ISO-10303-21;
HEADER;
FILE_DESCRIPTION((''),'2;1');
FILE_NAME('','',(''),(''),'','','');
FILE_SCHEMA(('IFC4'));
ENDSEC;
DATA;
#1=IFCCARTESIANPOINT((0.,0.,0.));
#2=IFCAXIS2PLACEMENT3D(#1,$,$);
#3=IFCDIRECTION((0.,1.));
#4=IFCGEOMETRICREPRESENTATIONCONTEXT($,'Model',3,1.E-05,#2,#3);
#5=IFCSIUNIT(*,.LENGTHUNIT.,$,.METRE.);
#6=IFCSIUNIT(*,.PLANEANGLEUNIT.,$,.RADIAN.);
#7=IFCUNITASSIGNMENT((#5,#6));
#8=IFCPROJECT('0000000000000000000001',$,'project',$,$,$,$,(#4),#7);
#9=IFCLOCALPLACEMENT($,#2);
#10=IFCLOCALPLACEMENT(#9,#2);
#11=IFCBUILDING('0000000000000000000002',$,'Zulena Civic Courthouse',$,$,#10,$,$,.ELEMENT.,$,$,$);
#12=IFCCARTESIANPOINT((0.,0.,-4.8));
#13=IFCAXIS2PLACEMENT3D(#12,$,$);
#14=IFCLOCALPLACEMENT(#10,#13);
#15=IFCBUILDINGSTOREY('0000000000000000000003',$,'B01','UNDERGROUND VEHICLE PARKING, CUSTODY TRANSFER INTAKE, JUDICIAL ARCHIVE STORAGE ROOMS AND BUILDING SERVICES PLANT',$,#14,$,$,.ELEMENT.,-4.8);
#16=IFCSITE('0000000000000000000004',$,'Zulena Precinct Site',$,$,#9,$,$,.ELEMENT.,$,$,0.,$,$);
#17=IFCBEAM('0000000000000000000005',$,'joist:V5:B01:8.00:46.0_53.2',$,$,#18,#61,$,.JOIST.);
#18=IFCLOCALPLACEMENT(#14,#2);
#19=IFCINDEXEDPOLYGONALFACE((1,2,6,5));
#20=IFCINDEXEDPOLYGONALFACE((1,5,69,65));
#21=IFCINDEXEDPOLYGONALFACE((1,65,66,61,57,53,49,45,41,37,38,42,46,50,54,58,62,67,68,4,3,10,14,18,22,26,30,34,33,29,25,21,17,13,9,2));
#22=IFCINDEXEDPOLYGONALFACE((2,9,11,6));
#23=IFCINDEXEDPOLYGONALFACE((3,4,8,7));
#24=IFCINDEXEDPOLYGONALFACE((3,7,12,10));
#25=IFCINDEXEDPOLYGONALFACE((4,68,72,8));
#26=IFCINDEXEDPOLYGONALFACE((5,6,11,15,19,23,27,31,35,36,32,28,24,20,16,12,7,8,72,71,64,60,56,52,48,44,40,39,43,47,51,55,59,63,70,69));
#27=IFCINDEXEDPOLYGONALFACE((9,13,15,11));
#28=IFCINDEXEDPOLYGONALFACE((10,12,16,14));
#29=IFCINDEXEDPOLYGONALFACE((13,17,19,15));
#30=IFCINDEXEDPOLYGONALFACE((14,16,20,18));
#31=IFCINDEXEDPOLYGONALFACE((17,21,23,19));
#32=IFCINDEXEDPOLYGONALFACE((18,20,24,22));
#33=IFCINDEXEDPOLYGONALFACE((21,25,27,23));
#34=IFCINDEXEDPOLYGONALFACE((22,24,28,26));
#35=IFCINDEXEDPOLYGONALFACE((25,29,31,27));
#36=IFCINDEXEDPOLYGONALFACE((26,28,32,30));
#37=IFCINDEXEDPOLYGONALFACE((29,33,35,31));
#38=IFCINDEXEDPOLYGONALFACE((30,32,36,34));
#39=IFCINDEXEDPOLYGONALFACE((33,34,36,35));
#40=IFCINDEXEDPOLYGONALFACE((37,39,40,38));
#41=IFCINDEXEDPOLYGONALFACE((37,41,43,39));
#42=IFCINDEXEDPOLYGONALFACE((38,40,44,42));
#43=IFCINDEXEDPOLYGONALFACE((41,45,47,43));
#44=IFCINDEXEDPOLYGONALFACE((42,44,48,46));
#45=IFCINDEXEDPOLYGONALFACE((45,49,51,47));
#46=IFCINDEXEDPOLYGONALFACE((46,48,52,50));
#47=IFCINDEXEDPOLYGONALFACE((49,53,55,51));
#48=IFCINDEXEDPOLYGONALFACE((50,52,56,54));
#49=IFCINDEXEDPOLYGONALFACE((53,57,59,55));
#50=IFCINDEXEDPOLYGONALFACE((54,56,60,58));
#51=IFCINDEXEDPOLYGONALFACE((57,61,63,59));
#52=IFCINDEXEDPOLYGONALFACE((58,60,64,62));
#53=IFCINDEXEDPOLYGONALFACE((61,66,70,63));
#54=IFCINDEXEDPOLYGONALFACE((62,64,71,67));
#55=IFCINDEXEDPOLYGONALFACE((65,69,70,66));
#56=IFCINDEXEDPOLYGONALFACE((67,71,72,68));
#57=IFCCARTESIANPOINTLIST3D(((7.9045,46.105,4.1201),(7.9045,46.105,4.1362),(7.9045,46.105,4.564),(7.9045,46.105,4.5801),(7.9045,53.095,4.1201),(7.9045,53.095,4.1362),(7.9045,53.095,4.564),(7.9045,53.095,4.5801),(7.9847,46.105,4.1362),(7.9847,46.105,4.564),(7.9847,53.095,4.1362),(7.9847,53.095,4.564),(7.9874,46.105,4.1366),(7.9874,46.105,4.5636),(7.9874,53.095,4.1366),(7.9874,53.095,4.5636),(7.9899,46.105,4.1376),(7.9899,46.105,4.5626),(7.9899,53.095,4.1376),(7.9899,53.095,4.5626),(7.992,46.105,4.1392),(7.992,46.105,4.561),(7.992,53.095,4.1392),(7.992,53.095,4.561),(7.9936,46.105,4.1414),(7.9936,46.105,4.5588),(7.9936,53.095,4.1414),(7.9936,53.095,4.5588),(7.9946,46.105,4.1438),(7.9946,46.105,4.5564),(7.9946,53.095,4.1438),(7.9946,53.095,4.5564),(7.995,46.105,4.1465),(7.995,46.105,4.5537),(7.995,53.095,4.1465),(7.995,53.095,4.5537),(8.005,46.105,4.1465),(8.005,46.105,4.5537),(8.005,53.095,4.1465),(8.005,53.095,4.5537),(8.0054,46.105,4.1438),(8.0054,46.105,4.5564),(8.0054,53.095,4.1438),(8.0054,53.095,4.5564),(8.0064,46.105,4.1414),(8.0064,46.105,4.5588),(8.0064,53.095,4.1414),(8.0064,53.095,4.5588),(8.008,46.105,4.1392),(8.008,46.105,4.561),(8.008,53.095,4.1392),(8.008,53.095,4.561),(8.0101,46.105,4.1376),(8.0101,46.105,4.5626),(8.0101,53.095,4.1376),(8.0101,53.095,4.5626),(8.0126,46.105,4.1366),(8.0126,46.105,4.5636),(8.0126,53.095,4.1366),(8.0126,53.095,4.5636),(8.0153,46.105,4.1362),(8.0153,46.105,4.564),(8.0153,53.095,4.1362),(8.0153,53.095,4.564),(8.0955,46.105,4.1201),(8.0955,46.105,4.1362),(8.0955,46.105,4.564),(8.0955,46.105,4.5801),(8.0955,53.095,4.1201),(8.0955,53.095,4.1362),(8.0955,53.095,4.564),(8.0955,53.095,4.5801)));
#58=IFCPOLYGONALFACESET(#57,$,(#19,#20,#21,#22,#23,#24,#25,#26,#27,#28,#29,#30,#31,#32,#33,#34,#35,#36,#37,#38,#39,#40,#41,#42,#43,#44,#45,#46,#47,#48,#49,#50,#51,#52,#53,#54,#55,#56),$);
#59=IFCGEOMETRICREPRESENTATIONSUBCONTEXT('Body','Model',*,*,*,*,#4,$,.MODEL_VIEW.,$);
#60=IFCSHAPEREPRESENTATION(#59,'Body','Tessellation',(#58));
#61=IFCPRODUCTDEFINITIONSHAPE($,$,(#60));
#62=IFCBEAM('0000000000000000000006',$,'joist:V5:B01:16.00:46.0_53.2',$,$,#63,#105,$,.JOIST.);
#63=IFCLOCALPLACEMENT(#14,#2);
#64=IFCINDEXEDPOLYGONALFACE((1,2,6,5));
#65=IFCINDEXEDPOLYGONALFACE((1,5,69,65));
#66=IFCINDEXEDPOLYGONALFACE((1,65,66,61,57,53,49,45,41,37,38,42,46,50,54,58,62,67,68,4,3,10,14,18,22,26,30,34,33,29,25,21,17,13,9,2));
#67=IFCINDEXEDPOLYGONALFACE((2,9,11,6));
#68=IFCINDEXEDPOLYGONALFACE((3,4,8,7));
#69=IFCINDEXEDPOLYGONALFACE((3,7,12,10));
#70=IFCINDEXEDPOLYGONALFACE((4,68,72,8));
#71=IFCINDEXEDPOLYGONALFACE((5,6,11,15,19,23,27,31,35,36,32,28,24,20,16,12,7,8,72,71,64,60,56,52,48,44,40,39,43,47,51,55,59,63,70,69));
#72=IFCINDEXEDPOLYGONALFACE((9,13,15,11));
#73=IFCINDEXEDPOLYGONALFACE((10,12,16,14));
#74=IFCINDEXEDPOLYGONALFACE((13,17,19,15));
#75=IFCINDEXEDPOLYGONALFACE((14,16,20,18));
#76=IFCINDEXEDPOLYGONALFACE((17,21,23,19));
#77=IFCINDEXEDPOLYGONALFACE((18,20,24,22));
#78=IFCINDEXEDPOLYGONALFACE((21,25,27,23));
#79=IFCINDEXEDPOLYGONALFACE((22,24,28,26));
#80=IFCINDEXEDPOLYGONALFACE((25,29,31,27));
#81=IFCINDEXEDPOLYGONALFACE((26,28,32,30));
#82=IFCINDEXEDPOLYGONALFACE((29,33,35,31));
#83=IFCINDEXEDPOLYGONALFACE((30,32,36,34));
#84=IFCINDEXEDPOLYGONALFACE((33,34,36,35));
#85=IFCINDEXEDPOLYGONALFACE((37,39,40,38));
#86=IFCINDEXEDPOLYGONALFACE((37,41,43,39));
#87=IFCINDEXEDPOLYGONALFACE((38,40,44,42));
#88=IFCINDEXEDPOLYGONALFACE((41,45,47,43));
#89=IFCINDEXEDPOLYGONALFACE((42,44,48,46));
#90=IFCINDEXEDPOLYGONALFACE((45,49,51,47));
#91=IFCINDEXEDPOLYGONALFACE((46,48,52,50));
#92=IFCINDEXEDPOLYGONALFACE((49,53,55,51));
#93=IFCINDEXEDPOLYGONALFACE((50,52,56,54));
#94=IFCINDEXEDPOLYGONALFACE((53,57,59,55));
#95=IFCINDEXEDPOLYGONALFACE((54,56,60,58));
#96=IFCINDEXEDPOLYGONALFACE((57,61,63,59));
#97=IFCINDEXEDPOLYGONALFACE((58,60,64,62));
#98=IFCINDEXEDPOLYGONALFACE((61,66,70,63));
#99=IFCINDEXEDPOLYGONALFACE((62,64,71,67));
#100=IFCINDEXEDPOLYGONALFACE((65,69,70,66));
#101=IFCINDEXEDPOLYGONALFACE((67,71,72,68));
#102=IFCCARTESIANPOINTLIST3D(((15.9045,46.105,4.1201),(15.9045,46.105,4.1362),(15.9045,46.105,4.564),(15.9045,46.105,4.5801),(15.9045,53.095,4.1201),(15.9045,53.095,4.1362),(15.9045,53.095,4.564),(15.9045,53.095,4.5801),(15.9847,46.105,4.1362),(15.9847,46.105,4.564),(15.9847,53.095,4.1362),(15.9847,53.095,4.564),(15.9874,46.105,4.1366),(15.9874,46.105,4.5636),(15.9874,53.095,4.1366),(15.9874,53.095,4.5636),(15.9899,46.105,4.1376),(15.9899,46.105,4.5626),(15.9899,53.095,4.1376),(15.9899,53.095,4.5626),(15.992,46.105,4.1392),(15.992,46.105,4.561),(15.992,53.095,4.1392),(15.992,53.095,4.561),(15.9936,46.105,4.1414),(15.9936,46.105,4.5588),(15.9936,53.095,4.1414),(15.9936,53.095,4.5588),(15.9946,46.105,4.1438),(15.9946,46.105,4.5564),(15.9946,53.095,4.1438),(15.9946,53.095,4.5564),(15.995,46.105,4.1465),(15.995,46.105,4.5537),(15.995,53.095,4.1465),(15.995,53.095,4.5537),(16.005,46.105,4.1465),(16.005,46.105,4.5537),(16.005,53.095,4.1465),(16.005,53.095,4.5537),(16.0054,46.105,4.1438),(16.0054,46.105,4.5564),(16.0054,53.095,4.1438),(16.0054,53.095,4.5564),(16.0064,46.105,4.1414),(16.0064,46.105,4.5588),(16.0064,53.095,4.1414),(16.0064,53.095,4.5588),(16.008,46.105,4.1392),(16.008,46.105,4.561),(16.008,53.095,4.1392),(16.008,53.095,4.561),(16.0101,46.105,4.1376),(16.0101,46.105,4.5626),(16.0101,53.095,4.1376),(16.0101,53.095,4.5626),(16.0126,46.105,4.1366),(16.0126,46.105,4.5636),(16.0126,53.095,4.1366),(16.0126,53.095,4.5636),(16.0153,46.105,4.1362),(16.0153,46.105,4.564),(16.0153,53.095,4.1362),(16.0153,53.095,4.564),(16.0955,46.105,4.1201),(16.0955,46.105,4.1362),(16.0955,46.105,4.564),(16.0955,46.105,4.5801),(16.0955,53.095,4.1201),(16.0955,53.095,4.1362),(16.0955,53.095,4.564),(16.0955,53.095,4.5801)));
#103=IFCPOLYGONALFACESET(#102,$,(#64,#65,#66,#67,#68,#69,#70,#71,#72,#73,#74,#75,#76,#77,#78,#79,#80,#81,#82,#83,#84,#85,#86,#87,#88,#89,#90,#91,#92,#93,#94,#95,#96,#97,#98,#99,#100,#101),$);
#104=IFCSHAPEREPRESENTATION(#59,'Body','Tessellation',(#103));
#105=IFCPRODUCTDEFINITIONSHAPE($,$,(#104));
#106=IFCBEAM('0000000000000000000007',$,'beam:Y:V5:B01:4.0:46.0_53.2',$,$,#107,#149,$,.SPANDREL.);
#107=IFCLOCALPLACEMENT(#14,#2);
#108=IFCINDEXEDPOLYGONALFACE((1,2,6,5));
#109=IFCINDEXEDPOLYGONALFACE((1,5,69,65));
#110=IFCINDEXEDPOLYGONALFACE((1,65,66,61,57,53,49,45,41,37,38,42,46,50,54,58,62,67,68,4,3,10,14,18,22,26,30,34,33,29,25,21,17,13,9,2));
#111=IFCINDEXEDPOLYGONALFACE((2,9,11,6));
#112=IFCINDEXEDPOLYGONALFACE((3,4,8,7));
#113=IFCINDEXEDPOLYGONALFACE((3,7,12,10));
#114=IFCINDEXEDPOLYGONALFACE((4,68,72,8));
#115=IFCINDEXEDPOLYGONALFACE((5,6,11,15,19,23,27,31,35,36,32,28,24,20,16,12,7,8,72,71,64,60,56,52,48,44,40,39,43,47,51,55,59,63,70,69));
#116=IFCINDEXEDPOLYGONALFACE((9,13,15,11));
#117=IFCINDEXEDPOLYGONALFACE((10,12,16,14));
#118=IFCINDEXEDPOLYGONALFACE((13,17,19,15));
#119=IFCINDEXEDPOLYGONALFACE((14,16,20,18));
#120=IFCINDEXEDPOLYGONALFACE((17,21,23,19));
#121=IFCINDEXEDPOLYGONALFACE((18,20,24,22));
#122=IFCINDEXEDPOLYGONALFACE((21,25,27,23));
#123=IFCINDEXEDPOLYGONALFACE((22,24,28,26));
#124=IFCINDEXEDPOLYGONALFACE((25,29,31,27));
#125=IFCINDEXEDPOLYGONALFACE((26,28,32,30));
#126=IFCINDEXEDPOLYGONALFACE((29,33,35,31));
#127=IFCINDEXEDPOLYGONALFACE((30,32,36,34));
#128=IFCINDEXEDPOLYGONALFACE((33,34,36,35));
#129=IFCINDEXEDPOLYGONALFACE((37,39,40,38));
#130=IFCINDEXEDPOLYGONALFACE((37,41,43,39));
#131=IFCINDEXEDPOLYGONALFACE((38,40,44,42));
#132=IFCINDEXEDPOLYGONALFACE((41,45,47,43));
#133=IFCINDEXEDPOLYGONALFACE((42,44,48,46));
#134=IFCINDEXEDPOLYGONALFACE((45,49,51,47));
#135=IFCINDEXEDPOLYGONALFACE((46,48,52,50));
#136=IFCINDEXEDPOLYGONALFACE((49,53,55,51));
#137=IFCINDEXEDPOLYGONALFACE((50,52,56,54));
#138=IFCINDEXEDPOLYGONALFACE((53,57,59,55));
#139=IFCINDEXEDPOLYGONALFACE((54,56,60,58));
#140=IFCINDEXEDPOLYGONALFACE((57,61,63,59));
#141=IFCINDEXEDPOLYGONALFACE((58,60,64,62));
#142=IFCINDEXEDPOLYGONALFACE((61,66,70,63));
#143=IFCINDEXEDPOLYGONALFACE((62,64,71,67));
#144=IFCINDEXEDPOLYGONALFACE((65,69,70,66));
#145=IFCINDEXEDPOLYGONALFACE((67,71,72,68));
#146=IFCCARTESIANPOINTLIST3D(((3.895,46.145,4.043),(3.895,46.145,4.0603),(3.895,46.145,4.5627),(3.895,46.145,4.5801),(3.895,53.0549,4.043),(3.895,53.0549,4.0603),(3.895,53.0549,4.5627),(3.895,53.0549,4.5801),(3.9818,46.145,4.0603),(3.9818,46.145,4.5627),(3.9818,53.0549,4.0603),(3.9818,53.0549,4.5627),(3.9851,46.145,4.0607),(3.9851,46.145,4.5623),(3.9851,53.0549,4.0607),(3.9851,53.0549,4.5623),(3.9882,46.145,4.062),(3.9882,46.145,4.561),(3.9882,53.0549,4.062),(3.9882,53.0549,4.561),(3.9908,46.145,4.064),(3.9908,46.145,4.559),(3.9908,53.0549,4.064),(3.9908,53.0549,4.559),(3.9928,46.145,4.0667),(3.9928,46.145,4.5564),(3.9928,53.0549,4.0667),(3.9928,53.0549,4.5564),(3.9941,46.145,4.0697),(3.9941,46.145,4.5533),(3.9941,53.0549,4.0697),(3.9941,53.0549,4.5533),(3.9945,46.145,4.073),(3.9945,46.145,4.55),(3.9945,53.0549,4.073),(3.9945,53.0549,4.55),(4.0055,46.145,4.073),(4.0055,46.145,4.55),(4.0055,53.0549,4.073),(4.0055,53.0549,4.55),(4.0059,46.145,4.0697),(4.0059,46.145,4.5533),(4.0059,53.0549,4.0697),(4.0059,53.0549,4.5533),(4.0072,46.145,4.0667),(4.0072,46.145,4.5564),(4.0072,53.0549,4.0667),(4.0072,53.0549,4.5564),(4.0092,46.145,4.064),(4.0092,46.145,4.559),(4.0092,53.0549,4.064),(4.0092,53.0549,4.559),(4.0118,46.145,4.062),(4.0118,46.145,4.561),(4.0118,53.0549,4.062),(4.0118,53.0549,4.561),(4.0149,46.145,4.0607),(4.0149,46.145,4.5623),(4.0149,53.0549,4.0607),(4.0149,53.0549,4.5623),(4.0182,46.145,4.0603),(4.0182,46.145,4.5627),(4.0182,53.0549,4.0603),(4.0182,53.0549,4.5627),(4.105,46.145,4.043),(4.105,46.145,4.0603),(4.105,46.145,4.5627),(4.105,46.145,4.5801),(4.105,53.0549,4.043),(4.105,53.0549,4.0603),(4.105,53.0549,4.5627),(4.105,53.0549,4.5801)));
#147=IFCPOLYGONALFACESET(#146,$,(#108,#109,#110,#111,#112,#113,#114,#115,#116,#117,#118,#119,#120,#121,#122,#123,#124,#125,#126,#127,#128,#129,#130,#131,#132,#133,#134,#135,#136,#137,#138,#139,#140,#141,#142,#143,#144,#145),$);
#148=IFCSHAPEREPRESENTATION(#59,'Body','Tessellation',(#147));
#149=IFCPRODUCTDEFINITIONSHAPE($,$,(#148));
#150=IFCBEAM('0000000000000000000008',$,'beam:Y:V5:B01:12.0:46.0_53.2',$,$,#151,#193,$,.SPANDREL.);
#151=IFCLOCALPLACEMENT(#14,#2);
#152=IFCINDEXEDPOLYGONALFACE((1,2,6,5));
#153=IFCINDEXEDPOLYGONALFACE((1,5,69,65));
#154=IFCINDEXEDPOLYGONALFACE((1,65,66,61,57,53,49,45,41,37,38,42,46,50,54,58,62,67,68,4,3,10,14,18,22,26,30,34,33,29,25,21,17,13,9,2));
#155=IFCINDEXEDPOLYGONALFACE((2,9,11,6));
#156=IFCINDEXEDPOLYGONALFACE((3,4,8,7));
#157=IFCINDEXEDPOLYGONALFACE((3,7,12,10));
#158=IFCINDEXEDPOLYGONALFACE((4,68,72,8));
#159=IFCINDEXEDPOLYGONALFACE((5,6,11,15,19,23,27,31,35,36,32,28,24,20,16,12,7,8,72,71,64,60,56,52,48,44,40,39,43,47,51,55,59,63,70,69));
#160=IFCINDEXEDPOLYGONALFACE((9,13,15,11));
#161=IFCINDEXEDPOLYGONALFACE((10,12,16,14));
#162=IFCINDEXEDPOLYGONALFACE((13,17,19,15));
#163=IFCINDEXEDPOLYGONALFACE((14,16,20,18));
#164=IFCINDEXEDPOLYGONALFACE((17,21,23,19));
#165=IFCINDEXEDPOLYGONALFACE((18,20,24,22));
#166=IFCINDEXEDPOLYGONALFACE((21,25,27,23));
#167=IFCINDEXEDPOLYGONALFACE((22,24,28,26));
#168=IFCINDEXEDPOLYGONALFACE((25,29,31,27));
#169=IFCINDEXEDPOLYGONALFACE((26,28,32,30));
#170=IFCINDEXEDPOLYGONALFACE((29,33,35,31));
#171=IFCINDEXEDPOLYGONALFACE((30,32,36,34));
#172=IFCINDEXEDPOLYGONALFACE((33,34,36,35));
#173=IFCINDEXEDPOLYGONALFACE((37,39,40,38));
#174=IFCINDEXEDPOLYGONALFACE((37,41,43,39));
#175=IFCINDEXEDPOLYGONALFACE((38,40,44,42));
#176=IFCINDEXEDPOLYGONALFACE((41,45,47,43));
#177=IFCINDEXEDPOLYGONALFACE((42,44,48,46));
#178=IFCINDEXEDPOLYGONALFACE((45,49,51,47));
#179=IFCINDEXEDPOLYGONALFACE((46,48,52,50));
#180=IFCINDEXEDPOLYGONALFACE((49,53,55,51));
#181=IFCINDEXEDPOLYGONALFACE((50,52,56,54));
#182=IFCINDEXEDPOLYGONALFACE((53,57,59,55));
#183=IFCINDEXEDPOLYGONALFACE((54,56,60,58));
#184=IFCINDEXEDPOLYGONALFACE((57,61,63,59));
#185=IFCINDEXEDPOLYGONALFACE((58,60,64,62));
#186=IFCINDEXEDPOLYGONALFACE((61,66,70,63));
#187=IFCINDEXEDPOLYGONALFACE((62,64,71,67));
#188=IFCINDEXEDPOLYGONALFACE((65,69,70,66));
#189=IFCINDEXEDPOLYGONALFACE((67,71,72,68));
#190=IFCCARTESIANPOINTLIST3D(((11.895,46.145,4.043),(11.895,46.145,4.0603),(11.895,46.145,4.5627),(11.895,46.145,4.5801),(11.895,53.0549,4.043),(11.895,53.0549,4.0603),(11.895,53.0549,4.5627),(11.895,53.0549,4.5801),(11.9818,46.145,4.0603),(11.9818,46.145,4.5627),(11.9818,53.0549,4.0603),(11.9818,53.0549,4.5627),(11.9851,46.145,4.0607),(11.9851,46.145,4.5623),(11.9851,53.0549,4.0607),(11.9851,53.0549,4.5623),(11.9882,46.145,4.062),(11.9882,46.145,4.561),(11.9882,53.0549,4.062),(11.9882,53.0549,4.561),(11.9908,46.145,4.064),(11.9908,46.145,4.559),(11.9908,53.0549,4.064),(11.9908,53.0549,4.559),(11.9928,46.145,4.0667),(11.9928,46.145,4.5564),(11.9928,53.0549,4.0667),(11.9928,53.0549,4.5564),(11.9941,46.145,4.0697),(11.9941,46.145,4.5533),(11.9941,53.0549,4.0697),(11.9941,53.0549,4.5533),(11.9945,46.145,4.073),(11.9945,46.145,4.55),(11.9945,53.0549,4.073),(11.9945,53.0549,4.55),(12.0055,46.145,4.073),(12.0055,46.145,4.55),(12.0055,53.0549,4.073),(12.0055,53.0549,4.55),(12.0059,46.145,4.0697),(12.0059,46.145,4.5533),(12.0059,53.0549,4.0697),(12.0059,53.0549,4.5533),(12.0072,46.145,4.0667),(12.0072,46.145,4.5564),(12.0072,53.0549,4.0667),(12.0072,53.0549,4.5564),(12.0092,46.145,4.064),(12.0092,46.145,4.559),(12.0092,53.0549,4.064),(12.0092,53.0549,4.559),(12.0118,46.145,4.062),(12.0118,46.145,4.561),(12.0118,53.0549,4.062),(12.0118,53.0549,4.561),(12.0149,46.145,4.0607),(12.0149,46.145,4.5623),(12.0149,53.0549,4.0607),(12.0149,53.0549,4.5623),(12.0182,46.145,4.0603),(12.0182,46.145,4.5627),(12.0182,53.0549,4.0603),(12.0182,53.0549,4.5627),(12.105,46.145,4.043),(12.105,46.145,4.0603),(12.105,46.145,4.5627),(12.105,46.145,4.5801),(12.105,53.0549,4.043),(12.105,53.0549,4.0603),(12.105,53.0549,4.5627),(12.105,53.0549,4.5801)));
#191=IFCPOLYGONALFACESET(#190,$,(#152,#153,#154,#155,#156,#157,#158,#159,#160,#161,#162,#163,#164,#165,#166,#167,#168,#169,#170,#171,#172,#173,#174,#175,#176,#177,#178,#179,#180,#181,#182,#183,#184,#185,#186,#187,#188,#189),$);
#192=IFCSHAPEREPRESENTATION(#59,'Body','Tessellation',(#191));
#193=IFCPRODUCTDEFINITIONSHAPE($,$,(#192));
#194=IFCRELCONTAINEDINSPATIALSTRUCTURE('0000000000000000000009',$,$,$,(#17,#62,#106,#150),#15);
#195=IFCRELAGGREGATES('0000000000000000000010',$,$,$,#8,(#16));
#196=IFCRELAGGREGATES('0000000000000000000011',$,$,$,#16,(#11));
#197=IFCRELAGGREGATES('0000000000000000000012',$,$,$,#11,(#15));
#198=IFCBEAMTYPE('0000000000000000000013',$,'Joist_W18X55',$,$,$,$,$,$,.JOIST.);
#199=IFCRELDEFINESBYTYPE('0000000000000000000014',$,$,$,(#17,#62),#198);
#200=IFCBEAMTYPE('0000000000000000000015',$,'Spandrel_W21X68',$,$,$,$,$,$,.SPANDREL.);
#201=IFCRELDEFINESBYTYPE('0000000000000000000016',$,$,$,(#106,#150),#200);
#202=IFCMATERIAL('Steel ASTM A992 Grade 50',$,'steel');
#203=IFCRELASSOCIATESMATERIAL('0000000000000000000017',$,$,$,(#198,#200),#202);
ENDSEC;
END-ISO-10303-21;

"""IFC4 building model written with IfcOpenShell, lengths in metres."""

from ifc_helpers import new_model, si_unit, direction, frame, origin, origin_2d, place, context, subcontext, project, spatial, i_section, extrude, material, material_profile, profile_set, type_object, element, save


model = new_model("IFC4")

# Units and contexts
model_context = context("Model", 3, precision=1e-05, world=origin(), true_north=direction((0.0, 1.0)))
body_context = subcontext(model_context, "Body", "Model", "MODEL_VIEW")
ifc_project = project(units=[si_unit("LENGTHUNIT", "METRE"), si_unit("PLANEANGLEUNIT", "RADIAN")], contexts=[model_context])

# Site, building, storey
site_placement = place(None, origin())
site = spatial("IfcSite", under=ifc_project, at=site_placement, Name="Zulena Precinct Site", CompositionType="ELEMENT", RefElevation=0.0)
building_placement = place(site_placement, origin())
building = spatial("IfcBuilding", under=site, at=building_placement, Name="Zulena Civic Courthouse", CompositionType="ELEMENT")
storey_placement = place(building_placement, frame((0.0, 0.0, -4.8)))
storey = spatial("IfcBuildingStorey", under=building, at=storey_placement, Name="B01", Description="UNDERGROUND VEHICLE PARKING, CUSTODY TRANSFER INTAKE, JUDICIAL ARCHIVE STORAGE ROOMS AND BUILDING SERVICES PLANT", CompositionType="ELEMENT", Elevation=-4.8)

# Shared definitions
ifc_material_1 = material(Name="Steel ASTM A992 Grade 50", Category="steel")

# Beams
ifc_material_profile_1 = material_profile(ifc_material_1, i_section(OverallWidth=0.1909, OverallDepth=0.46, WebThickness=0.01, FlangeThickness=0.0161, FilletRadius=0.0103, at=origin_2d()), Name="W18X55")
ifc_profile_set_1 = profile_set([ifc_material_profile_1], Name="Steel ASTM A992 Grade 50")
beam_type_1 = type_object("IfcBeamType", Name="Joist_W18X55", PredefinedType="JOIST", material=ifc_profile_set_1)
for number, where, z_axis, x_axis, name in (
    (1, (8.0, 46.105, 4.3501), (0.0, 1.0, 0.0), (-1.0, 0.0, 0.0), "joist:V5:B01:8.00:46.0_53.2"),
    (2, (16.0, 46.105, 4.3501), (0.0, 1.0, 0.0), (-1.0, 0.0, 0.0), "joist:V5:B01:16.00:46.0_53.2"),
):
    element("IfcBeam", number, at=place(storey_placement, frame(where, z_axis=z_axis, x_axis=x_axis)), inside=storey, type_object=beam_type_1, Name=name, PredefinedType="JOIST", context=body_context, shape_type="SweptSolid", body=[
        extrude(i_section(OverallWidth=0.1909, OverallDepth=0.46, WebThickness=0.01, FlangeThickness=0.0161, FilletRadius=0.0103, at=origin_2d()), origin(), (0.0, 0.0, 1.0), 6.99),
    ])
ifc_material_profile_2 = material_profile(ifc_material_1, i_section(OverallWidth=0.21, OverallDepth=0.5371, WebThickness=0.011, FlangeThickness=0.0173, FilletRadius=0.0127, at=origin_2d()), Name="W21X68")
ifc_profile_set_2 = profile_set([ifc_material_profile_2], Name="Steel ASTM A992 Grade 50")
beam_type_2 = type_object("IfcBeamType", Name="Spandrel_W21X68", PredefinedType="SPANDREL", material=ifc_profile_set_2)
for number, where, z_axis, x_axis, name in (
    (3, (4.0, 46.145, 4.3115), (0.0, 1.0, 0.0), (-1.0, 0.0, 0.0), "beam:Y:V5:B01:4.0:46.0_53.2"),
    (4, (12.0, 46.145, 4.3115), (0.0, 1.0, 0.0), (-1.0, 0.0, 0.0), "beam:Y:V5:B01:12.0:46.0_53.2"),
):
    element("IfcBeam", number, at=place(storey_placement, frame(where, z_axis=z_axis, x_axis=x_axis)), inside=storey, type_object=beam_type_2, Name=name, PredefinedType="SPANDREL", context=body_context, shape_type="SweptSolid", body=[
        extrude(i_section(OverallWidth=0.21, OverallDepth=0.5371, WebThickness=0.011, FlangeThickness=0.0173, FilletRadius=0.0127, at=origin_2d()), origin(), (0.0, 0.0, 1.0), 6.9099),
    ])

save(model, "model.ifc")
